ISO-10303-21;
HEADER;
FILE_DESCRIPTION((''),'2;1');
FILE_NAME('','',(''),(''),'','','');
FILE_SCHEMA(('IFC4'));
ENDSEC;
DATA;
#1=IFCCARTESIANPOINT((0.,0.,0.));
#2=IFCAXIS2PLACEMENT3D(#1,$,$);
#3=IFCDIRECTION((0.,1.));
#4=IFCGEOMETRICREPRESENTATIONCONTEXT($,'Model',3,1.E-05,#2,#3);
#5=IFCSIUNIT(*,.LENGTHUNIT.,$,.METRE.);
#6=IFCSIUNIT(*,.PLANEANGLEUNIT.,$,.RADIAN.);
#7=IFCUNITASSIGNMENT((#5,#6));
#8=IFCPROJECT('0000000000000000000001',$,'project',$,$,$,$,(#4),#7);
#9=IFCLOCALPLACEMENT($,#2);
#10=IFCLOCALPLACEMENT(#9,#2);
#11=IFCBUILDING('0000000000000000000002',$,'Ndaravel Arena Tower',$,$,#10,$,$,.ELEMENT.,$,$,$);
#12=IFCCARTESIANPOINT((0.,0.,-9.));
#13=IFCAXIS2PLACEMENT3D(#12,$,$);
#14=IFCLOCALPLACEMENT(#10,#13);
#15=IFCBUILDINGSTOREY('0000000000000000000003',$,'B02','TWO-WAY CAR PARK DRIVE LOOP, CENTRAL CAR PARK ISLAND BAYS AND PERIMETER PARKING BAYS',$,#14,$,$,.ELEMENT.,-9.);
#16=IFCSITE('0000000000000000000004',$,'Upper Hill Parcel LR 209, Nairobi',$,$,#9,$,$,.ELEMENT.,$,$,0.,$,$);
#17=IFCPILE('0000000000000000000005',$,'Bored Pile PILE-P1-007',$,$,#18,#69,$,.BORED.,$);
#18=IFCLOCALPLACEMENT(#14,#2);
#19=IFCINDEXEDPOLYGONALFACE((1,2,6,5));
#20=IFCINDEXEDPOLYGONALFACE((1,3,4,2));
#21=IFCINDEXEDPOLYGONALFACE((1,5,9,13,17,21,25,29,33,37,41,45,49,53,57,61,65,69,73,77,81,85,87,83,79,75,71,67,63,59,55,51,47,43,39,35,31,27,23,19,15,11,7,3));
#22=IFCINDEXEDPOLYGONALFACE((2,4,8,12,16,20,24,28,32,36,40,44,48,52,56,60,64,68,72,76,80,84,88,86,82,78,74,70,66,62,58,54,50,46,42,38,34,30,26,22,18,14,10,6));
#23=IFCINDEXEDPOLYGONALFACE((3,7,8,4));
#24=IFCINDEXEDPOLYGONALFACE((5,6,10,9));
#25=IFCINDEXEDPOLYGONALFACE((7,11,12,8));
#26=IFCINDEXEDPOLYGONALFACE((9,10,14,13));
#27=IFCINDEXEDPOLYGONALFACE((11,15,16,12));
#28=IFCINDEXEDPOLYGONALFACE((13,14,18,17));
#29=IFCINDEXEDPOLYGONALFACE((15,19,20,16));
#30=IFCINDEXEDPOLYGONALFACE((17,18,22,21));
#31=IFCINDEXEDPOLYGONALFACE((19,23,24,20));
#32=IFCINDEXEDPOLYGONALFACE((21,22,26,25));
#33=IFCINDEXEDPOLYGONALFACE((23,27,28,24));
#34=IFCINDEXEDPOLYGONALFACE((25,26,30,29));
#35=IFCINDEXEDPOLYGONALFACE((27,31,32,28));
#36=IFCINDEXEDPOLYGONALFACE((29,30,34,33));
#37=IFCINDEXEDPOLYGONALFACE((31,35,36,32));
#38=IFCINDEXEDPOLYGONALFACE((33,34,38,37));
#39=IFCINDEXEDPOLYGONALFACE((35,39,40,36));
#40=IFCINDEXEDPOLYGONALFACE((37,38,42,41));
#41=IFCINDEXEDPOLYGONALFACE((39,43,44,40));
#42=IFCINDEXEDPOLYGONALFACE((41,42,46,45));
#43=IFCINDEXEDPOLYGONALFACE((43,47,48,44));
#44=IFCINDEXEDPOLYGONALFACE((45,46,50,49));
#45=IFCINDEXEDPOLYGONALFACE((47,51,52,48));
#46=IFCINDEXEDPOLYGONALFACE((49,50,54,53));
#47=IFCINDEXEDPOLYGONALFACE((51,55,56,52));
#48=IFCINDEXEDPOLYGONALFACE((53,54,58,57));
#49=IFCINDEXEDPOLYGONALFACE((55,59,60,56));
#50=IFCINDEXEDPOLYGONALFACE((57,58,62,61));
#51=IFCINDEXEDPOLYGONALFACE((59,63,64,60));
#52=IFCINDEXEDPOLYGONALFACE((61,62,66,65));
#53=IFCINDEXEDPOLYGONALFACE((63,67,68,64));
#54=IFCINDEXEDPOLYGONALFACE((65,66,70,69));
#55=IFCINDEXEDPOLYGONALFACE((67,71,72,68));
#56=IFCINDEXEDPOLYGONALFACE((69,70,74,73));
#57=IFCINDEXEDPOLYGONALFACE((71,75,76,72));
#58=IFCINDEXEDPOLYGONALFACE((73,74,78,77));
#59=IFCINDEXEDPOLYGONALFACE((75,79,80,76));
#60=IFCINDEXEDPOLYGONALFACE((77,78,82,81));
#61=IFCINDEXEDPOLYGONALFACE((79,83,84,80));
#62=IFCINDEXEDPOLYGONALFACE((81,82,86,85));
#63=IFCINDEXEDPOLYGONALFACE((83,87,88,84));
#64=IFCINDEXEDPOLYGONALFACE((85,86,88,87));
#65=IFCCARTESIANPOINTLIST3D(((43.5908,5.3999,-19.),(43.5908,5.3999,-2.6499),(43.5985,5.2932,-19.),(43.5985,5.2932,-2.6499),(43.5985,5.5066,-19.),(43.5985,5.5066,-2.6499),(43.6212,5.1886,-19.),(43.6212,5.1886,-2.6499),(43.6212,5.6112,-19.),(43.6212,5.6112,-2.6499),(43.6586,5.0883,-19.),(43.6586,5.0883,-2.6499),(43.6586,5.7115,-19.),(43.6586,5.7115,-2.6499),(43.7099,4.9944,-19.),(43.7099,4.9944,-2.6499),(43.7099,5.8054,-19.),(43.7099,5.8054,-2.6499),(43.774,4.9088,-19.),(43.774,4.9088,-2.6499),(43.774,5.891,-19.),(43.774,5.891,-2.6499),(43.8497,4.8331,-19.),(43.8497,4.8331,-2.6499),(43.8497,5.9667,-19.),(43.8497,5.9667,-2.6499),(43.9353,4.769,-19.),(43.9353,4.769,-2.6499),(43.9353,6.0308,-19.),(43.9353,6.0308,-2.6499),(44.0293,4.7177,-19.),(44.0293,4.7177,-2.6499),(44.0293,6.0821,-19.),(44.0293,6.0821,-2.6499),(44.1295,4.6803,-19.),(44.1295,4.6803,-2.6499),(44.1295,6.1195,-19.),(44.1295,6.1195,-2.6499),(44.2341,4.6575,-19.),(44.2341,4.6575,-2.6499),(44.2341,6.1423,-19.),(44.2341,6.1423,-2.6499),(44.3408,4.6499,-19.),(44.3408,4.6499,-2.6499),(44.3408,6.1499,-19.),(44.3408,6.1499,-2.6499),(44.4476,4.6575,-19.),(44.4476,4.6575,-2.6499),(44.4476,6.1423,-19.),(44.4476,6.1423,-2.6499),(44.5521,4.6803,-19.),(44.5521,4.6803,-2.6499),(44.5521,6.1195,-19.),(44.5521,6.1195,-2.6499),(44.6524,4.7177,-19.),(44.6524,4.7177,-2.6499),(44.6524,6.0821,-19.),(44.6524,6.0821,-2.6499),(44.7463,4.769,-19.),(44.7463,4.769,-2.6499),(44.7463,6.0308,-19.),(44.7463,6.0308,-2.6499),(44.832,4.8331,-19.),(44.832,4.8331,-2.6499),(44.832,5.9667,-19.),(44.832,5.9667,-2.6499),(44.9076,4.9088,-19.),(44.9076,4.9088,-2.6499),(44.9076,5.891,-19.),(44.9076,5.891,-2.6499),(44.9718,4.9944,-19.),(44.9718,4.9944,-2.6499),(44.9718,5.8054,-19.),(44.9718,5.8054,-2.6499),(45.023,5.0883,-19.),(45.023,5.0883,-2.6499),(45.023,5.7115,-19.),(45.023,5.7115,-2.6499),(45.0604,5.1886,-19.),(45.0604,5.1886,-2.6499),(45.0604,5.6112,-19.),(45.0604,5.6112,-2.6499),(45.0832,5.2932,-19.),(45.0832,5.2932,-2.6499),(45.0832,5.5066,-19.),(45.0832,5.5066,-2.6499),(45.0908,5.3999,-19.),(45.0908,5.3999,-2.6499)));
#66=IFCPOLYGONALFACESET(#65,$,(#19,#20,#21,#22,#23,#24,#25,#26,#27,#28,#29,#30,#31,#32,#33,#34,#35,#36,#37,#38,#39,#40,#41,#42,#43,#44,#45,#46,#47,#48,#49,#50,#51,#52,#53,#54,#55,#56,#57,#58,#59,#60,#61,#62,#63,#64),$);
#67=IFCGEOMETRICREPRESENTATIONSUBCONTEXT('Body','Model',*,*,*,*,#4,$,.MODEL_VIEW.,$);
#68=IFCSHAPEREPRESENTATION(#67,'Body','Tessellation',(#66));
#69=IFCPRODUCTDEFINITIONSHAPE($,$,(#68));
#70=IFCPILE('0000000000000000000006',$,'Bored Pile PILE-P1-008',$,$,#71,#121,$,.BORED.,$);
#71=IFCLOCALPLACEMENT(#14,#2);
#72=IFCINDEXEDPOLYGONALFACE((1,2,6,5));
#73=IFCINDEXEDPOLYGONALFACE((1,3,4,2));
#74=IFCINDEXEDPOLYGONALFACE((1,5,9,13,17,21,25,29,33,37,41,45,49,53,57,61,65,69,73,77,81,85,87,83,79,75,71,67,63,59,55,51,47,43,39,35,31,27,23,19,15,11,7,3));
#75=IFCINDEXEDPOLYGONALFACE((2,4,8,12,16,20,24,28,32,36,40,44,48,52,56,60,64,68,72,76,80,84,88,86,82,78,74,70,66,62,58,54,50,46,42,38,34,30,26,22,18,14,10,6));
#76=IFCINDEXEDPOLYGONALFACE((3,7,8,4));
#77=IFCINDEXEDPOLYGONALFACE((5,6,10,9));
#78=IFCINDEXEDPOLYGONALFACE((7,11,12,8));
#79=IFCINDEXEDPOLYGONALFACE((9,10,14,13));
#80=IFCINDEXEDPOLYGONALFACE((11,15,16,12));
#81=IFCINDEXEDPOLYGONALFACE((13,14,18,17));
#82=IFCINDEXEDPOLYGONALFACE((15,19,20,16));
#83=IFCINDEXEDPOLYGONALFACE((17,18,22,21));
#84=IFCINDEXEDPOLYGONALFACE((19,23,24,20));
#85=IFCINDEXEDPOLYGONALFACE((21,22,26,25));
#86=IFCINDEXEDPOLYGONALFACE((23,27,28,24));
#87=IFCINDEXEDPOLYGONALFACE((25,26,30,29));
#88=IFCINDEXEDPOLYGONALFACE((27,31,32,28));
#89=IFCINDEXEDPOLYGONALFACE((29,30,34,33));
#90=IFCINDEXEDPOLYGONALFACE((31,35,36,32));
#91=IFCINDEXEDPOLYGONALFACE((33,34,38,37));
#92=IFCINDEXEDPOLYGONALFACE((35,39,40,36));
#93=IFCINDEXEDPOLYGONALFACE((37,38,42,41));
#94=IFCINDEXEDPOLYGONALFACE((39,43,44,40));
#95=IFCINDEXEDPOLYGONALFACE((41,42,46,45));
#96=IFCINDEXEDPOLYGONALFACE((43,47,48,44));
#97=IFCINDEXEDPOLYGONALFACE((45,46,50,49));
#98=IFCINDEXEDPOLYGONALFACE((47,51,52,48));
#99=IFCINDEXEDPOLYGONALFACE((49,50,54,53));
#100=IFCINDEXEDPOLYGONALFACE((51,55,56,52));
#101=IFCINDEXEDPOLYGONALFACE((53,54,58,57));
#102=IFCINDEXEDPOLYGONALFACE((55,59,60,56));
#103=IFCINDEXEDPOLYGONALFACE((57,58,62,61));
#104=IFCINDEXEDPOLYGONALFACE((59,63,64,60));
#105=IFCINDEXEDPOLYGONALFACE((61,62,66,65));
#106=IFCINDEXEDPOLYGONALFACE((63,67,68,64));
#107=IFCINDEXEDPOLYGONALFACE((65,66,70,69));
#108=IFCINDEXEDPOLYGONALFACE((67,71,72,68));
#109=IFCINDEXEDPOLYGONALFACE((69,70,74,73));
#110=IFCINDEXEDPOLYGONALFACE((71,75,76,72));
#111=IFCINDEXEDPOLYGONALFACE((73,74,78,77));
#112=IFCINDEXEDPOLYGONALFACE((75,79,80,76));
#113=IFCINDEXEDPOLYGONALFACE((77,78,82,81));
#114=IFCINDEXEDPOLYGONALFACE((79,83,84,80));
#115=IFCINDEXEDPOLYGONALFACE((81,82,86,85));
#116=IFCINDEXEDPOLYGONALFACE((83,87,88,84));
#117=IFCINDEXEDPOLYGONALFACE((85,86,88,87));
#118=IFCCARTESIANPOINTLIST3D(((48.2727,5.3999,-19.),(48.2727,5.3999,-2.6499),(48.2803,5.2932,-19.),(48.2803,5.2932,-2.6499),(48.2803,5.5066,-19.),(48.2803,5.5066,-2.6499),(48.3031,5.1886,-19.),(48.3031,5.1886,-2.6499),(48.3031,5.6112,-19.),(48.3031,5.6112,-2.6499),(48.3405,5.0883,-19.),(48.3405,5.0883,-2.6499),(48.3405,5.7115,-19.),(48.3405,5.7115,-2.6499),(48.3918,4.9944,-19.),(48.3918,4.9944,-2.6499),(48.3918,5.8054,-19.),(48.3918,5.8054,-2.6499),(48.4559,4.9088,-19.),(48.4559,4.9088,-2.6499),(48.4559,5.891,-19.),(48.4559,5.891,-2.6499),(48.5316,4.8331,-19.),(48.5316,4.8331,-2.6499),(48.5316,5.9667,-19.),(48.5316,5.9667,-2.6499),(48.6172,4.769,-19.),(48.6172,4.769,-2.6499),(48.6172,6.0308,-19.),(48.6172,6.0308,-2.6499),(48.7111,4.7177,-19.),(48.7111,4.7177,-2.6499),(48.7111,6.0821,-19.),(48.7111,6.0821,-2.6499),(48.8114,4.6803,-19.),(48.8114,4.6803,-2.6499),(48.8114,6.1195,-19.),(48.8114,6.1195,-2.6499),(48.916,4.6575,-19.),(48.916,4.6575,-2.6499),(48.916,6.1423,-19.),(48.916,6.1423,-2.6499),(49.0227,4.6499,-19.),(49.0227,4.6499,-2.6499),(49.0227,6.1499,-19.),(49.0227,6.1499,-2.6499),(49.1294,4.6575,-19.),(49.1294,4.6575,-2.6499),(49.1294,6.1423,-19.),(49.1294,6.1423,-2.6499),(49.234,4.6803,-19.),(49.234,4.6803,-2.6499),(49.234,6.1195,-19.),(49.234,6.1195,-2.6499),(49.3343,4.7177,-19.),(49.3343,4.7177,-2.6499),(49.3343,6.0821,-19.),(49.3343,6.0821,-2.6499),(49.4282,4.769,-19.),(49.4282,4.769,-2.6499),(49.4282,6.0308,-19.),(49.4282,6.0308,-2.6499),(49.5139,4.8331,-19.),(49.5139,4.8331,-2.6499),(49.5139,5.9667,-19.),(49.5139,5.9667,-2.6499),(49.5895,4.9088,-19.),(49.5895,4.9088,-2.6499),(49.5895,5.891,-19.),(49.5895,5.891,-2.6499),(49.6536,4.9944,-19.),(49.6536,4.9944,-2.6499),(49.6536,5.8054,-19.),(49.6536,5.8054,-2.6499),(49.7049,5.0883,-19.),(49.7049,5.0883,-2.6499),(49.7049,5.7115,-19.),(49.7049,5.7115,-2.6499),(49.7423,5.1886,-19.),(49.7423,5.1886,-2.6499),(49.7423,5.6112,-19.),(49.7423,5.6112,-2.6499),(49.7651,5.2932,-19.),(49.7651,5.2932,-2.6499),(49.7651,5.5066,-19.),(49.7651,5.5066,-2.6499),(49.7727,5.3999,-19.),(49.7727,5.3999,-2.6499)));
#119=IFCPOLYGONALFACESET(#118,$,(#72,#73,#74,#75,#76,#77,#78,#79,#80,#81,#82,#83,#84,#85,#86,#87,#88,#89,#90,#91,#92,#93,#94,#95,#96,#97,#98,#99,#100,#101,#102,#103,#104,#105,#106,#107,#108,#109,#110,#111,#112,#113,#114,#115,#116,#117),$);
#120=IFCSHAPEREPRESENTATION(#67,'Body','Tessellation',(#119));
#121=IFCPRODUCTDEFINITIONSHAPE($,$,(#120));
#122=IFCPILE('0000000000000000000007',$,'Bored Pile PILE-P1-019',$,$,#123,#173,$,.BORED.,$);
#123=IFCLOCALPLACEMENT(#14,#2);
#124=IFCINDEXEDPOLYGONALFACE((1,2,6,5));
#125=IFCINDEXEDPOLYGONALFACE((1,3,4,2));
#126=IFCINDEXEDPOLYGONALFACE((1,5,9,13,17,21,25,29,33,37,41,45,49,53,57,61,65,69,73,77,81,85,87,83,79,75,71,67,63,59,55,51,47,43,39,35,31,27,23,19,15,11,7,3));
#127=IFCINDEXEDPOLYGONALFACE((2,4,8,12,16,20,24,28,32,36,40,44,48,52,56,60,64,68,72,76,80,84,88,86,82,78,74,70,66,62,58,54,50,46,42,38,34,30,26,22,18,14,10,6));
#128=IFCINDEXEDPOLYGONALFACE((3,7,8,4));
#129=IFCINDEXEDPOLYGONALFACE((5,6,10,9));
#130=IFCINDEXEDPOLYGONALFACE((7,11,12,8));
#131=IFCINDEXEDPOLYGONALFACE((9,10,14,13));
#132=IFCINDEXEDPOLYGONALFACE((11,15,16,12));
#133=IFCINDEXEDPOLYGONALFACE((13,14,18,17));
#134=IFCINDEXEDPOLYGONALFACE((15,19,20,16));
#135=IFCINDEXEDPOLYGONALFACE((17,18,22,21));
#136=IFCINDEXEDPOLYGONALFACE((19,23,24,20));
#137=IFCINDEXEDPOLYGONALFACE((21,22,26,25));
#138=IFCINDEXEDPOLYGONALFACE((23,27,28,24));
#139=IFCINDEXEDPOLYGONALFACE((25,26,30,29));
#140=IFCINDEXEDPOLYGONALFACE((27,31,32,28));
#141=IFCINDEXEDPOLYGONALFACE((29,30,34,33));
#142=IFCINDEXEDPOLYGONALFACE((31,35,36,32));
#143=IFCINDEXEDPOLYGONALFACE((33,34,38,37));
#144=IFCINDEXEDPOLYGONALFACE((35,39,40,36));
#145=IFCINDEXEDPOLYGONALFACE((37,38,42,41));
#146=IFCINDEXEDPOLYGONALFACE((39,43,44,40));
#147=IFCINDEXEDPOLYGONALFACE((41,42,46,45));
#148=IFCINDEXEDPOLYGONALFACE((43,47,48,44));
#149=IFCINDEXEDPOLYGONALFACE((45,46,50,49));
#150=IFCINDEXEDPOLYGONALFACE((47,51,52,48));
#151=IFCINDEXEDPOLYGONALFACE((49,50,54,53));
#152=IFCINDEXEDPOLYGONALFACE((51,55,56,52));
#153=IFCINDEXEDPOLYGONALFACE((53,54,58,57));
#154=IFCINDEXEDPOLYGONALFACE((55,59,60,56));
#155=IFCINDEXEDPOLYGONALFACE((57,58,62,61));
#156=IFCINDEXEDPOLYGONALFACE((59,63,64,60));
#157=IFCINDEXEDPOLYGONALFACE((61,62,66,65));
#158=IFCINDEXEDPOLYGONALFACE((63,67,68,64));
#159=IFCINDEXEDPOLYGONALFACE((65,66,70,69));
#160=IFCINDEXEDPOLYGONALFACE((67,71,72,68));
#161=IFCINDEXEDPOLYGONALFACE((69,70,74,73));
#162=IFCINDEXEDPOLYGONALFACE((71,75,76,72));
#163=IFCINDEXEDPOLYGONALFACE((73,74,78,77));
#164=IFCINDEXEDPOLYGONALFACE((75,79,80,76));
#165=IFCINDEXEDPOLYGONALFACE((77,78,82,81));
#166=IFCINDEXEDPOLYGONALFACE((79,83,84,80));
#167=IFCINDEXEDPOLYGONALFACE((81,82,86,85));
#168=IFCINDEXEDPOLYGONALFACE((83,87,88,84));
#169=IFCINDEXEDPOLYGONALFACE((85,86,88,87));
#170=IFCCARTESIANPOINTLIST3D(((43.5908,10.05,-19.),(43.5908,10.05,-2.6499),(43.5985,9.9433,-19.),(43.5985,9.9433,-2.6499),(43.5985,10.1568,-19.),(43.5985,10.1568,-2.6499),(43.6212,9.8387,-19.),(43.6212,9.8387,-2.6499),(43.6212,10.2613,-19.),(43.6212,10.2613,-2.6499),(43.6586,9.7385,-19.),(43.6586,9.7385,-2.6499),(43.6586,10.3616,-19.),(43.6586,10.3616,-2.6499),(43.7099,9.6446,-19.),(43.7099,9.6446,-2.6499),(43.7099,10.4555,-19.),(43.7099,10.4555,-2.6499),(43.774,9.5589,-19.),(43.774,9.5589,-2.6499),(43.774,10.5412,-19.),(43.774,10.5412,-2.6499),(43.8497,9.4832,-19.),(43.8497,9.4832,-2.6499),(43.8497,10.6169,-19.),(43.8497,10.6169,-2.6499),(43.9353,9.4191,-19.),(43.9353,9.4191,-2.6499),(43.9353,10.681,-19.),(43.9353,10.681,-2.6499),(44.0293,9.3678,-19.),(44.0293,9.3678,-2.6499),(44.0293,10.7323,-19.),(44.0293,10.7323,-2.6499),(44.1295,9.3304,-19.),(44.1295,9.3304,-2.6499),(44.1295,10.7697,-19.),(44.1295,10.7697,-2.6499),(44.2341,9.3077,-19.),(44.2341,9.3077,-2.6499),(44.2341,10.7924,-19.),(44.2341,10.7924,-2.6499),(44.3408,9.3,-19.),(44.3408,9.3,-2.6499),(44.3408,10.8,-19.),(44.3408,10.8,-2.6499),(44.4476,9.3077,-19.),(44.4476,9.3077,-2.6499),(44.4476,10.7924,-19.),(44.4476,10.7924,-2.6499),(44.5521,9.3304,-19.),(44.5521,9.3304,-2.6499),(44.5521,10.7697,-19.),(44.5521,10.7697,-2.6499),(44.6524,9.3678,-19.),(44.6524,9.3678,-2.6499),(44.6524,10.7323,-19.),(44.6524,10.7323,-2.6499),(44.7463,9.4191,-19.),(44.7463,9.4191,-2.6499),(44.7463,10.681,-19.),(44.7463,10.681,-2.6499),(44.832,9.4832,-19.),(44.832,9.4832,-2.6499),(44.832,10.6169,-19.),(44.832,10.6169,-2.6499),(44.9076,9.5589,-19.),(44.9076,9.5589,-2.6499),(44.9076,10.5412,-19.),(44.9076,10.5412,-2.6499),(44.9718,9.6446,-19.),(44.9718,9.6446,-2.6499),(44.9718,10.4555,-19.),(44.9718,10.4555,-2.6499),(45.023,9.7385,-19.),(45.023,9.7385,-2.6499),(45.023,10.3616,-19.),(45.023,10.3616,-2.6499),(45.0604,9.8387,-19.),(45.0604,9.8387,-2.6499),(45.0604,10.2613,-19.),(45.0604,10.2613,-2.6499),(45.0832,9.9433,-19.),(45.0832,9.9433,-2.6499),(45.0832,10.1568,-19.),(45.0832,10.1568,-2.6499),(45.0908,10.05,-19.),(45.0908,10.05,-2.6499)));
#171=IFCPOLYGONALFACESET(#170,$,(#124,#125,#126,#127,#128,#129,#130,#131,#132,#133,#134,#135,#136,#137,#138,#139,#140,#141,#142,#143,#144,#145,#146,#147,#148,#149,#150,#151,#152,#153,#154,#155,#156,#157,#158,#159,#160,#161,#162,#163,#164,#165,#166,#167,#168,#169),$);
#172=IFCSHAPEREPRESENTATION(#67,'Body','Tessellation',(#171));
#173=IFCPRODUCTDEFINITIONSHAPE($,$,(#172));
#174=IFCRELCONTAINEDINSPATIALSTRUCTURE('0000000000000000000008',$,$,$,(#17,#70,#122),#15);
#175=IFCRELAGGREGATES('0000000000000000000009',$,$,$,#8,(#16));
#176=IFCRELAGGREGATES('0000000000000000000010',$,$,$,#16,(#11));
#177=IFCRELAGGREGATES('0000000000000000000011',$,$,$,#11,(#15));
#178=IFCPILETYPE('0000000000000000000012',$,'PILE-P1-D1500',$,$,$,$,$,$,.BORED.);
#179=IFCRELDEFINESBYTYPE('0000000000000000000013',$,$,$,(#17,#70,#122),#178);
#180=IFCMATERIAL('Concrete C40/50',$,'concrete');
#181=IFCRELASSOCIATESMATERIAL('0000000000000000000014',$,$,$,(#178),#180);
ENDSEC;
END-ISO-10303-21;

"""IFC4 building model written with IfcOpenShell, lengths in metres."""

from ifc_helpers import new_model, si_unit, direction, frame, origin, origin_2d, place, context, subcontext, project, spatial, circle, extrude, material, material_profile, profile_set, type_object, element, save


model = new_model("IFC4")

# Units and contexts
model_context = context("Model", 3, precision=1e-05, world=origin(), true_north=direction((0.0, 1.0)))
body_context = subcontext(model_context, "Body", "Model", "MODEL_VIEW")
ifc_project = project(units=[si_unit("LENGTHUNIT", "METRE"), si_unit("PLANEANGLEUNIT", "RADIAN")], contexts=[model_context])

# Site, building, storey
site_placement = place(None, origin())
site = spatial("IfcSite", under=ifc_project, at=site_placement, Name="Upper Hill Parcel LR 209, Nairobi", CompositionType="ELEMENT", RefElevation=0.0)
building_placement = place(site_placement, origin())
building = spatial("IfcBuilding", under=site, at=building_placement, Name="Ndaravel Arena Tower", CompositionType="ELEMENT")
storey_placement = place(building_placement, frame((0.0, 0.0, -9.0)))
storey = spatial("IfcBuildingStorey", under=building, at=storey_placement, Name="B02", Description="TWO-WAY CAR PARK DRIVE LOOP, CENTRAL CAR PARK ISLAND BAYS AND PERIMETER PARKING BAYS", CompositionType="ELEMENT", Elevation=-9.0)

# Piles
ifc_material_1 = material(Name="Concrete C40/50", Category="concrete")
ifc_material_profile_1 = material_profile(ifc_material_1, circle(Radius=0.75, at=origin_2d()), Name="BORED PILE D1500")
ifc_profile_set_1 = profile_set([ifc_material_profile_1], Name="Concrete C40/50")
pile_type = type_object("IfcPileType", Name="PILE-P1-D1500", PredefinedType="BORED", material=ifc_profile_set_1)
for number, where, z_axis, x_axis, name in (
    (1, (44.3408, 5.3999, -2.6499), (0.0, 0.0, -1.0), (1.0, 0.0, 0.0), "Bored Pile PILE-P1-007"),
    (2, (49.0227, 5.3999, -2.6499), (0.0, 0.0, -1.0), (1.0, 0.0, 0.0), "Bored Pile PILE-P1-008"),
    (3, (44.3408, 10.05, -2.6499), (0.0, 0.0, -1.0), (1.0, 0.0, 0.0), "Bored Pile PILE-P1-019"),
):
    element("IfcPile", number, at=place(storey_placement, frame(where, z_axis=z_axis, x_axis=x_axis)), inside=storey, type_object=pile_type, Name=name, PredefinedType="BORED", context=body_context, shape_type="SweptSolid", body=[
        extrude(circle(Radius=0.75, at=origin_2d()), origin(), (0.0, 0.0, 1.0), 16.3501),
    ])

save(model, "model.ifc")
